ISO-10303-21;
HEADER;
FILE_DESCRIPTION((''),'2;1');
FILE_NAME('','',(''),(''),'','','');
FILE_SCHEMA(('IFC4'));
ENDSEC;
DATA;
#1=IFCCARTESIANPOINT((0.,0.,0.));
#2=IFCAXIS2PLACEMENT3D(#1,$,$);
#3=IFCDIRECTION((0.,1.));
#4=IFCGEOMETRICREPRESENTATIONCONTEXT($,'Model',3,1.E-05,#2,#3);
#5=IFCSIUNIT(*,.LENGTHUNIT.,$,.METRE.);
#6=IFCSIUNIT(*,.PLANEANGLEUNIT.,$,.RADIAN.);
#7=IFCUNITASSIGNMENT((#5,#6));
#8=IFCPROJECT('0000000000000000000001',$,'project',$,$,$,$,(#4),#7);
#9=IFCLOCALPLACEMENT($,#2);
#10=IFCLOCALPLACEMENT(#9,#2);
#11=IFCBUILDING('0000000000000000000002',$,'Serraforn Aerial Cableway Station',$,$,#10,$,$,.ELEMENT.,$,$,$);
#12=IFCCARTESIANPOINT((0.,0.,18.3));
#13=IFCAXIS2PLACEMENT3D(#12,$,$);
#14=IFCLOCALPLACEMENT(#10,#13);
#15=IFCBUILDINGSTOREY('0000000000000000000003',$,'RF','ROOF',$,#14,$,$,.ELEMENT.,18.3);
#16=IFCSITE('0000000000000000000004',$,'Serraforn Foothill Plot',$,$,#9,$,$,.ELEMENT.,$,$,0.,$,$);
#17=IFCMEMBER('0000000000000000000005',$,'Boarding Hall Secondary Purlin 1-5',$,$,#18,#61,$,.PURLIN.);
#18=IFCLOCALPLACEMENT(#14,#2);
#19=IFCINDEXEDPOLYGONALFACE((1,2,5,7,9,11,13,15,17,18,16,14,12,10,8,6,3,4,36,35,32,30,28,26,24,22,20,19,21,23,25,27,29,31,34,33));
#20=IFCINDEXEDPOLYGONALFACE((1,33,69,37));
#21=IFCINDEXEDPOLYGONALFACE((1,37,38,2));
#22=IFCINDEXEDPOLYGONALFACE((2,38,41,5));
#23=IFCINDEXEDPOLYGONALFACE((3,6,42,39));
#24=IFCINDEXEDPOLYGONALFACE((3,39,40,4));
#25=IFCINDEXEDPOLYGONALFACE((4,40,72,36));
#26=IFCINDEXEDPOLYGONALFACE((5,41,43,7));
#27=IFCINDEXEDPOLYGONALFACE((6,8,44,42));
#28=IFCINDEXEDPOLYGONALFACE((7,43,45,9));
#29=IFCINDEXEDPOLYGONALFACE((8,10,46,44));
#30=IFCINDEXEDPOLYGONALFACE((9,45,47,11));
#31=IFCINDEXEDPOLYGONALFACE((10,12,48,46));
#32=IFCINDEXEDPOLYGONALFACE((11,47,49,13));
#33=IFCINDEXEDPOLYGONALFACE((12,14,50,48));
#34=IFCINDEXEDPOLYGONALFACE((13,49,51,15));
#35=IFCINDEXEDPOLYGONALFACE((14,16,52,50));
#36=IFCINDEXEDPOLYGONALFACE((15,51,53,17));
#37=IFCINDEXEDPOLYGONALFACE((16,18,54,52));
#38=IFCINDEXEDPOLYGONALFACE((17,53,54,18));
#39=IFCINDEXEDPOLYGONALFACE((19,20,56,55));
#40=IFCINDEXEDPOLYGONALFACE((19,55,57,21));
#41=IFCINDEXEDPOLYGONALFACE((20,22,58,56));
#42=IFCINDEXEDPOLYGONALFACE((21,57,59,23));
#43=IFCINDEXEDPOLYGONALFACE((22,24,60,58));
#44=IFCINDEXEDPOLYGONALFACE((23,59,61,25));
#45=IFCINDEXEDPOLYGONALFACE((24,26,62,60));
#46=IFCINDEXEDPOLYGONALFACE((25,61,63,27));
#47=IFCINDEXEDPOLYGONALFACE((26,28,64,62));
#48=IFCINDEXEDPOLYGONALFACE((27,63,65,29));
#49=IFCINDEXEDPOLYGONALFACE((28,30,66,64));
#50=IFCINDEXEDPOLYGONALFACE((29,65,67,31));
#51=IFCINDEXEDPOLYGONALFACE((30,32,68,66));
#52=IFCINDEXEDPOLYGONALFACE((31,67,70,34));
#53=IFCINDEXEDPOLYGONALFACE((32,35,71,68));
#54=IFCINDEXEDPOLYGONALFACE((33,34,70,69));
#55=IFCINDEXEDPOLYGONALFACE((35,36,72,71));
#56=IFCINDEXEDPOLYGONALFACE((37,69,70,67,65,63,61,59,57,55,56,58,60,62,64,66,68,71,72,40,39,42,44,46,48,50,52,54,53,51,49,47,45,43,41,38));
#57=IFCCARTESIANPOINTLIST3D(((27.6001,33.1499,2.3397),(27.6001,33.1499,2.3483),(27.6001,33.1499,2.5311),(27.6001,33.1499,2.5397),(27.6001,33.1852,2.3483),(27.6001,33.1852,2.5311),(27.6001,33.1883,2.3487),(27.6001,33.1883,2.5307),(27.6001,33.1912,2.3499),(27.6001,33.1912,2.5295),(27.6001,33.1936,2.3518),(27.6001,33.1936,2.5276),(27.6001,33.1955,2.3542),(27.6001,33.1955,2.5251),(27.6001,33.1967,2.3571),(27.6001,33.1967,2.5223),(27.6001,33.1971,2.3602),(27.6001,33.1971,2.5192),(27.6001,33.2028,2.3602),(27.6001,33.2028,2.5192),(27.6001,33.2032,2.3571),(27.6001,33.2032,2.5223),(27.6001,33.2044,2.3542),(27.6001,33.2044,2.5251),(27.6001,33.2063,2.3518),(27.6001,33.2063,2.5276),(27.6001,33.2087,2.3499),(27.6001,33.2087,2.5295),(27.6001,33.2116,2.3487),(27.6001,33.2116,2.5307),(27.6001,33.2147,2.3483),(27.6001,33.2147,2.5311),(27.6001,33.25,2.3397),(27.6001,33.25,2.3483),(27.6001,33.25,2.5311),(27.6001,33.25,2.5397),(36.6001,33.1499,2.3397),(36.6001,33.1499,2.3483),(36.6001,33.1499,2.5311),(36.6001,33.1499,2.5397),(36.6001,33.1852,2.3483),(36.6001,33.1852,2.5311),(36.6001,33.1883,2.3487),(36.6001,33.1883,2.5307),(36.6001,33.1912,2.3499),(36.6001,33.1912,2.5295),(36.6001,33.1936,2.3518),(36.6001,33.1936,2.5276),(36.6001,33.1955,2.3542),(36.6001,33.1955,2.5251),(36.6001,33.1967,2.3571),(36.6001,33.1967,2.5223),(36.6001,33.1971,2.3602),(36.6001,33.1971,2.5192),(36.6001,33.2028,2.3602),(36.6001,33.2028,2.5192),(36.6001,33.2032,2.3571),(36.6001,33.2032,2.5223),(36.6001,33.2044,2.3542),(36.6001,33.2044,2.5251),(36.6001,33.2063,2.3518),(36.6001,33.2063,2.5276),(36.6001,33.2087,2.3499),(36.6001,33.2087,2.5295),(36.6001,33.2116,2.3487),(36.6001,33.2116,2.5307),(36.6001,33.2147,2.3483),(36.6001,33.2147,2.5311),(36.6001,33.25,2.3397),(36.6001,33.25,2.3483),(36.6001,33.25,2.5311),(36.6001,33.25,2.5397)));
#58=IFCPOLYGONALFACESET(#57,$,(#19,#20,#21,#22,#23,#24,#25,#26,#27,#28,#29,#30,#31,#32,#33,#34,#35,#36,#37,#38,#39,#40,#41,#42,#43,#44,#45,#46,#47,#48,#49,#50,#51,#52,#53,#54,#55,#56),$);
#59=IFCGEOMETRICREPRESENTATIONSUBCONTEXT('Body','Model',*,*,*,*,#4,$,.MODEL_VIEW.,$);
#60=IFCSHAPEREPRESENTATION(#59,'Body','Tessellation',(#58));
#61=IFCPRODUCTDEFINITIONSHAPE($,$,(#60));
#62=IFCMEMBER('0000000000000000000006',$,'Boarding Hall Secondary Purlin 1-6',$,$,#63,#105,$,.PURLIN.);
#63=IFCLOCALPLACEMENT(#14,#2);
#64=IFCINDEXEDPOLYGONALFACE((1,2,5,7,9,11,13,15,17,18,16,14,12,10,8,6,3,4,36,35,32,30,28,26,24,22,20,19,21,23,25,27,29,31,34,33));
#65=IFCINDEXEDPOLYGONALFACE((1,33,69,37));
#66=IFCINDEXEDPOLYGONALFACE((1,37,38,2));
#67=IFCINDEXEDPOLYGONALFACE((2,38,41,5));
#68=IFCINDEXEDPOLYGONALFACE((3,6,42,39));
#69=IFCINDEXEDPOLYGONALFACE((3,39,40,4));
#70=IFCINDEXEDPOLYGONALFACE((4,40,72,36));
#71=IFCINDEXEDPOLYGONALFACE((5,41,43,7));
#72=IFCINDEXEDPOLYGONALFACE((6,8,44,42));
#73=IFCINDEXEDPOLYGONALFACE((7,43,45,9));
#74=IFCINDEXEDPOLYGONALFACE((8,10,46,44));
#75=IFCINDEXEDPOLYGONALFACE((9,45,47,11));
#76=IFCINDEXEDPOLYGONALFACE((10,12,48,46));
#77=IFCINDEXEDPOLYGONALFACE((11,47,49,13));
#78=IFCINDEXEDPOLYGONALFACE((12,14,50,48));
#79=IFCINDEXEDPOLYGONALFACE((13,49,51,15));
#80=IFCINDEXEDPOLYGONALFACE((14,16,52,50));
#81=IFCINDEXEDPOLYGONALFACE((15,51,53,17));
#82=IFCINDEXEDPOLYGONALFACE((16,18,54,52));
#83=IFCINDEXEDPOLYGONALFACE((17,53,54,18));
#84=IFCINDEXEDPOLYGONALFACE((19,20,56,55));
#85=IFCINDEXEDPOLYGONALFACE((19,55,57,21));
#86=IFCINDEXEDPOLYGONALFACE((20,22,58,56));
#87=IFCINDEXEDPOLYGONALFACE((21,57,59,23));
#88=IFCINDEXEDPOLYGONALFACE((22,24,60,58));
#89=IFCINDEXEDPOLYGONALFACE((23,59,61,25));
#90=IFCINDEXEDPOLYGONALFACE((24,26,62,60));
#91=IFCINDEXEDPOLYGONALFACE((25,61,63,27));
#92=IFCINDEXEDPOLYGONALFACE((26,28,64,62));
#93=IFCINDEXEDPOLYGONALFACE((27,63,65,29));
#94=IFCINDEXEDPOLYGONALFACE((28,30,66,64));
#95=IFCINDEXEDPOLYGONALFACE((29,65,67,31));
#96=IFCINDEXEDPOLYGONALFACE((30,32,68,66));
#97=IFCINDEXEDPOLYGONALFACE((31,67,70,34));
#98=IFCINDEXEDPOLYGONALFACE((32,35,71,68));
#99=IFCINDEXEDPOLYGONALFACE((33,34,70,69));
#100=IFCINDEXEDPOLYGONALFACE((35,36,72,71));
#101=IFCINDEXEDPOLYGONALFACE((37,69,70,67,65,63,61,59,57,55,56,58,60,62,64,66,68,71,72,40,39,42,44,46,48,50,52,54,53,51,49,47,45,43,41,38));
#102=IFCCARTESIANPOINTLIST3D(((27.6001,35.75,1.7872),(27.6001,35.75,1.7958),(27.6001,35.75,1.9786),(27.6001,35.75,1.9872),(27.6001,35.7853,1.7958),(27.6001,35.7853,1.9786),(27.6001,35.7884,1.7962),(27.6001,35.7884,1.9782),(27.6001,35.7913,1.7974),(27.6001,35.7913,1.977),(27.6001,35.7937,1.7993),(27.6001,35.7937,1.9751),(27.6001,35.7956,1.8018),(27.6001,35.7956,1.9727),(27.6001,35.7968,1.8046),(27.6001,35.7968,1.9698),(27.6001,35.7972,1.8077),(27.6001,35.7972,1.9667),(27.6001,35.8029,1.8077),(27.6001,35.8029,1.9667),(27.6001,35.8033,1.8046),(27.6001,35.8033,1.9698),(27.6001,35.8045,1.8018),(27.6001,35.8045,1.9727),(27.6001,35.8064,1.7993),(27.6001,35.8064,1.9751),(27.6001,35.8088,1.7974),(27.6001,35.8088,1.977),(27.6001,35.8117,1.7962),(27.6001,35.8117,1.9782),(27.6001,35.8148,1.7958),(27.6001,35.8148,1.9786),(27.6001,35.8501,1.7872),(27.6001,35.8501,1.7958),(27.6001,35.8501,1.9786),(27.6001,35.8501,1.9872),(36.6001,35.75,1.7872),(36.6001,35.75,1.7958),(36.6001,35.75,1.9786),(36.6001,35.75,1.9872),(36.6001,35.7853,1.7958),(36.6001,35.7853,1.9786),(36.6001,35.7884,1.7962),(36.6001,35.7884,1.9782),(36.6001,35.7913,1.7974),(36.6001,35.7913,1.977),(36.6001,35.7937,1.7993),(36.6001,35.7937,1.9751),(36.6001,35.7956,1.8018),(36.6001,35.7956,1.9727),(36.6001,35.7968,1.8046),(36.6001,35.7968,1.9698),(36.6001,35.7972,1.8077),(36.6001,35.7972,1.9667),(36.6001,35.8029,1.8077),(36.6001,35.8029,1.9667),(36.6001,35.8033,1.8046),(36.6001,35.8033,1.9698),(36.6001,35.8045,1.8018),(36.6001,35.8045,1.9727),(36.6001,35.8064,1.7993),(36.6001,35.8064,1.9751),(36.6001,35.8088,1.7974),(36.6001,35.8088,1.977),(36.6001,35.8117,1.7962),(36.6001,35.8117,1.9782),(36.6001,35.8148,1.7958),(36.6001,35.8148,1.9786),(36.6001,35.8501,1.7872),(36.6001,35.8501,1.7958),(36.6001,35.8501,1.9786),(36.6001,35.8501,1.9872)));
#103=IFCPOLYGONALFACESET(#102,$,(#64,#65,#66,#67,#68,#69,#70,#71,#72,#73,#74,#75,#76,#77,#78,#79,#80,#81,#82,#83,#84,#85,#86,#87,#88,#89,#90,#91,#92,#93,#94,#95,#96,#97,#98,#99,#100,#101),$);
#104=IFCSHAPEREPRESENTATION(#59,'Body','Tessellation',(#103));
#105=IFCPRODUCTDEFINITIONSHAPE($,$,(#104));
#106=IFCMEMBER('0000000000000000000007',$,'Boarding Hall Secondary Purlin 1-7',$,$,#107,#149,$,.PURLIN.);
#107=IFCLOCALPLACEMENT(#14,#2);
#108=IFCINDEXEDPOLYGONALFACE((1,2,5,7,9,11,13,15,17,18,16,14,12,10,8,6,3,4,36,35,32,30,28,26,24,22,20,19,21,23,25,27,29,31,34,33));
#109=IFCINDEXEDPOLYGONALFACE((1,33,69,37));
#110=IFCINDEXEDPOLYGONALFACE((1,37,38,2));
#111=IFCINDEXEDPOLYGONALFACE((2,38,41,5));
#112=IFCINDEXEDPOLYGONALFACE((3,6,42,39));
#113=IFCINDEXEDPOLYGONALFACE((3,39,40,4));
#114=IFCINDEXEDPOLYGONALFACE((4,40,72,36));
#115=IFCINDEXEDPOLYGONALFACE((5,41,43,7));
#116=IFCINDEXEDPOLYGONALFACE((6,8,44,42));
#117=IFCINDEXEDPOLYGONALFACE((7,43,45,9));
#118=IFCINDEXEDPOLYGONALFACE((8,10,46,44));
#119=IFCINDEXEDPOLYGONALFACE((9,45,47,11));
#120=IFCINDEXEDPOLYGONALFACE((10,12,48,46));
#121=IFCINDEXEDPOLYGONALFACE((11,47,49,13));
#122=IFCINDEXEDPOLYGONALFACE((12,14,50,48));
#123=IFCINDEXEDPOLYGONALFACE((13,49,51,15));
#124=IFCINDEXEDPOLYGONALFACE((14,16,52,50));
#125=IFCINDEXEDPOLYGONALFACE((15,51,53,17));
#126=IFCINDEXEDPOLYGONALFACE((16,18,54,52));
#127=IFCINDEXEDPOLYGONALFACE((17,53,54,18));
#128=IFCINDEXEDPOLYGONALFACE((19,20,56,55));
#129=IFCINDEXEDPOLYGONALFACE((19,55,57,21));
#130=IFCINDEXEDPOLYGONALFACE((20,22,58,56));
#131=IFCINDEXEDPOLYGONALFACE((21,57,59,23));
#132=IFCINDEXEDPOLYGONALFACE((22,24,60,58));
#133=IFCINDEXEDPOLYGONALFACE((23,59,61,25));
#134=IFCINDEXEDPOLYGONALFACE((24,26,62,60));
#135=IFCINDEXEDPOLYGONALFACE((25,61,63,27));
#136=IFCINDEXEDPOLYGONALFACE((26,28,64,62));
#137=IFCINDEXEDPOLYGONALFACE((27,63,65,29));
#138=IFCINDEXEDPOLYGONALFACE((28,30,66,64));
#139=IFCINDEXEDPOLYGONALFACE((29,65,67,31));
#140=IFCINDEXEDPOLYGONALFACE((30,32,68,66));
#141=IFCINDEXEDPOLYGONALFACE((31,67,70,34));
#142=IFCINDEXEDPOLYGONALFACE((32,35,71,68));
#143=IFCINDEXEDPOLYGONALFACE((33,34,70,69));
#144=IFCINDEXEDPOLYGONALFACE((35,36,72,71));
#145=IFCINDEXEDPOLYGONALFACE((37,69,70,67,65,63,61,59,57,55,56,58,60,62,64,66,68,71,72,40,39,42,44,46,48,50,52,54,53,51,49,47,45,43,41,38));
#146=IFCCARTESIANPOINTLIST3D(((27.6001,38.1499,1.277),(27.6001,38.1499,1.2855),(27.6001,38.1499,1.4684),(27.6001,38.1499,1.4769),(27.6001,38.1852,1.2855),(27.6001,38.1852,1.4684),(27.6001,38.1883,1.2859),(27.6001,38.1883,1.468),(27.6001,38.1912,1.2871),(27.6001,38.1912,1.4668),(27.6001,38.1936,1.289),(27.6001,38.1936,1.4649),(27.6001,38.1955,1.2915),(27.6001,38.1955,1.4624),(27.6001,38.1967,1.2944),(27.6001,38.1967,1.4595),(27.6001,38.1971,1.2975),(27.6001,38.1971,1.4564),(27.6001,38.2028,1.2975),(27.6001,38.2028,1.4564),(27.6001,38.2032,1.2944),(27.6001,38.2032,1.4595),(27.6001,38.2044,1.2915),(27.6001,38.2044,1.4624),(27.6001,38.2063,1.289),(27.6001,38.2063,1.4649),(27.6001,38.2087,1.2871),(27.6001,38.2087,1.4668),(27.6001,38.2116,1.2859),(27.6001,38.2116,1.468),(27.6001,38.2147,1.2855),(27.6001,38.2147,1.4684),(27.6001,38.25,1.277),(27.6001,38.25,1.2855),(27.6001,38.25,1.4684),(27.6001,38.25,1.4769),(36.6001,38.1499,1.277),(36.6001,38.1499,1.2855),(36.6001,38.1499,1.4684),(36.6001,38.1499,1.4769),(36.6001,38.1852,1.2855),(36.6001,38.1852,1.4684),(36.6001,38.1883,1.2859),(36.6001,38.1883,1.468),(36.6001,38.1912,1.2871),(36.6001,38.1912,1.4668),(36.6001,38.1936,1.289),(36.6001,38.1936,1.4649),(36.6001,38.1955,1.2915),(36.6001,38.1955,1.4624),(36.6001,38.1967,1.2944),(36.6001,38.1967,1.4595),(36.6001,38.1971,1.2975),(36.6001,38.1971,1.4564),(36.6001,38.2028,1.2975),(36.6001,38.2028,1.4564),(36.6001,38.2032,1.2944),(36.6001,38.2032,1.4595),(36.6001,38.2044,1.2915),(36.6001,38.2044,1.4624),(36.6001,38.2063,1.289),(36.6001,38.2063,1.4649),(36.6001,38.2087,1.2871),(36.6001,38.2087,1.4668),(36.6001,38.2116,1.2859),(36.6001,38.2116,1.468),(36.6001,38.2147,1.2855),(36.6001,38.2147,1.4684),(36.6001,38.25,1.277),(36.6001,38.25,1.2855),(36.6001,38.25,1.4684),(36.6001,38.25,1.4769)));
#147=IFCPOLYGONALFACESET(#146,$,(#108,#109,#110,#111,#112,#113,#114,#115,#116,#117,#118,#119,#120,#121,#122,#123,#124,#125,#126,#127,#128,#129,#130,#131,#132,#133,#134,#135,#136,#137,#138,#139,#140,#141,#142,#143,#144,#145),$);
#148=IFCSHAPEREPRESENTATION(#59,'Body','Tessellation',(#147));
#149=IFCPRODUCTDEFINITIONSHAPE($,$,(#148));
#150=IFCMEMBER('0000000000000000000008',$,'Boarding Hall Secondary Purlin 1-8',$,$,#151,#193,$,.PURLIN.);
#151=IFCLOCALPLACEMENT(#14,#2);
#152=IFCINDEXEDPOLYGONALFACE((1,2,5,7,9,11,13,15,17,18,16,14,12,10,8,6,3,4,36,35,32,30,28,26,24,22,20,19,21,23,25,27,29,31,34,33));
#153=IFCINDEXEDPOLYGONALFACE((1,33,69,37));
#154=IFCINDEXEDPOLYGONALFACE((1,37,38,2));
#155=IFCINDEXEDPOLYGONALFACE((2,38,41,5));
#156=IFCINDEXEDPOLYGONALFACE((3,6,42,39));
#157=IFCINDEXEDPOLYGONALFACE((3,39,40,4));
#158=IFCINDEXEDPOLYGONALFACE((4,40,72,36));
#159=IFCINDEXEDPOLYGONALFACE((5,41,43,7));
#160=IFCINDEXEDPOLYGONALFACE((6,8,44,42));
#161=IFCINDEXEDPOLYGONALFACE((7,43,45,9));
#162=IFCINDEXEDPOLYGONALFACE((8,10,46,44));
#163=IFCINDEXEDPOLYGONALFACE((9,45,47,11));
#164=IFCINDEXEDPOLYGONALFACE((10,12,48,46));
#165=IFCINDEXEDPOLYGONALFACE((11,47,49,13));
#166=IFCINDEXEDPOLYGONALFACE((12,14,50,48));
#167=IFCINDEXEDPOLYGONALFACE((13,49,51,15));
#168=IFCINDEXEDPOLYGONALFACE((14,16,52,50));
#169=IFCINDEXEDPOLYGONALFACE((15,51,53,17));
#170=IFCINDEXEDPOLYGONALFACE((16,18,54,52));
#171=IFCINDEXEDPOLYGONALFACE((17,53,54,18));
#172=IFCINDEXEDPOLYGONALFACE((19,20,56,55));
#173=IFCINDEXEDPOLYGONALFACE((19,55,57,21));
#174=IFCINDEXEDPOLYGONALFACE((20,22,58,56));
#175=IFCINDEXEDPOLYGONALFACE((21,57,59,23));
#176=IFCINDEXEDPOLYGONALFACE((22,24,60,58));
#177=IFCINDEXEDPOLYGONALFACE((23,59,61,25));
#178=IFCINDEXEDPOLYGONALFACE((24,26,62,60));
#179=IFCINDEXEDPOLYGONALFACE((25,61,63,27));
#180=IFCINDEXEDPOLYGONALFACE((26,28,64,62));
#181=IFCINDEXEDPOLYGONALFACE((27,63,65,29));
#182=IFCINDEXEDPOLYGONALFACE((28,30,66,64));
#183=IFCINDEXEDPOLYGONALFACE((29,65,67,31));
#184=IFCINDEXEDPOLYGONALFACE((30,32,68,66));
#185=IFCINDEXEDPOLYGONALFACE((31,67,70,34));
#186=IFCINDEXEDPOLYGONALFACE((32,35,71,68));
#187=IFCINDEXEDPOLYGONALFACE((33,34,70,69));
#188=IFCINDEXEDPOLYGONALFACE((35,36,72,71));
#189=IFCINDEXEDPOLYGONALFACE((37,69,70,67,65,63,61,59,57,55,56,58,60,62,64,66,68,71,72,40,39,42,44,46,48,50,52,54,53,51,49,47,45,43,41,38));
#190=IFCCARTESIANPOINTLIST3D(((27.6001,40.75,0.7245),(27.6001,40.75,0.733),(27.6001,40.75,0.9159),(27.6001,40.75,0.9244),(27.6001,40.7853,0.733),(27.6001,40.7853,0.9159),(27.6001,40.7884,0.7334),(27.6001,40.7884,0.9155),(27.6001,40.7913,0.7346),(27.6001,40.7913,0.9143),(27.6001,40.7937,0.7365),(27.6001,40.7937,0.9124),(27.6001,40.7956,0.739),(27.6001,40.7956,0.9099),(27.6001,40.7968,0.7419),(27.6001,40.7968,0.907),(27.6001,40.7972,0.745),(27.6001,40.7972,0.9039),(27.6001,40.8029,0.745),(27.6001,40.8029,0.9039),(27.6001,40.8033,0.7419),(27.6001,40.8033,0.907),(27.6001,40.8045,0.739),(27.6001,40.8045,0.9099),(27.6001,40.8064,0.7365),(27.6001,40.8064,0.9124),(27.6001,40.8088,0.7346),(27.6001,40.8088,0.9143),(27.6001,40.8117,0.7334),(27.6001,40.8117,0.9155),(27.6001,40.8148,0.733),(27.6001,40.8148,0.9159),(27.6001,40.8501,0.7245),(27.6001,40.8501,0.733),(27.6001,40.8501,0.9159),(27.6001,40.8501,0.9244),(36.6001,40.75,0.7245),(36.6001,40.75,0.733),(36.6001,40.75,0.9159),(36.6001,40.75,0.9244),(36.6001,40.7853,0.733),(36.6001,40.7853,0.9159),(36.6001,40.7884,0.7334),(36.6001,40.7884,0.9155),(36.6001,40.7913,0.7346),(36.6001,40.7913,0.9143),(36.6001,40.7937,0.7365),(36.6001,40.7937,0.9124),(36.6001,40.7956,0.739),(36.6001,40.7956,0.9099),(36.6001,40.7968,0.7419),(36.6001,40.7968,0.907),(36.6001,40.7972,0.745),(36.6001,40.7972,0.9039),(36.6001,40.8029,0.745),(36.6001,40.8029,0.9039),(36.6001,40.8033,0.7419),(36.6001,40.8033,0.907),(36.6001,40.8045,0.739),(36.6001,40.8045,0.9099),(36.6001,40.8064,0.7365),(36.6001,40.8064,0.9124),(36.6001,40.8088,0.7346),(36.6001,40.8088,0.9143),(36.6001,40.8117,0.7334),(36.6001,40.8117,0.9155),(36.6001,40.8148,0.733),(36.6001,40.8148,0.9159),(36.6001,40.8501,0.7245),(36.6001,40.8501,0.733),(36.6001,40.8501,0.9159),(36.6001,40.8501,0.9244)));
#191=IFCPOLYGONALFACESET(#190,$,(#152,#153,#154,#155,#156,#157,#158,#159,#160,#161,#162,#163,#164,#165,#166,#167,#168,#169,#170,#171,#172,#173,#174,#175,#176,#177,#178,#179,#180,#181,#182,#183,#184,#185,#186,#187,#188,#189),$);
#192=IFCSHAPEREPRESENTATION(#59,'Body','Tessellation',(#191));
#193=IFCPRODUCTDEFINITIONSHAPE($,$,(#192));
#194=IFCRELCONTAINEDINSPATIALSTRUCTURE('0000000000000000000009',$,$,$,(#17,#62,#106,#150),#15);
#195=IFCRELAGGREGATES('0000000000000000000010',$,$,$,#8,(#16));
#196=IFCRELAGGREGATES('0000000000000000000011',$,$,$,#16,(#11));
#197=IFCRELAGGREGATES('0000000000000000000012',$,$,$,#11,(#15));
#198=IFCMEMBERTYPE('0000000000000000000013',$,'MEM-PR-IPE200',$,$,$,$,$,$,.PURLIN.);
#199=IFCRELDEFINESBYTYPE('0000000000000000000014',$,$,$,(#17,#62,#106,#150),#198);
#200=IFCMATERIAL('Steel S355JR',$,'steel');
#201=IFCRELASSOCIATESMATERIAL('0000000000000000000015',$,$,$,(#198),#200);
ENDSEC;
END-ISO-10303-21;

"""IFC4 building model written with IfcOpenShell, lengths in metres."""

from ifc_helpers import new_model, si_unit, direction, frame, origin, origin_2d, place, context, subcontext, project, spatial, i_section, extrude, material, material_profile, profile_set, type_object, element, save


model = new_model("IFC4")

# Units and contexts
model_context = context("Model", 3, precision=1e-05, world=origin(), true_north=direction((0.0, 1.0)))
body_context = subcontext(model_context, "Body", "Model", "MODEL_VIEW")
ifc_project = project(units=[si_unit("LENGTHUNIT", "METRE"), si_unit("PLANEANGLEUNIT", "RADIAN")], contexts=[model_context])

# Site, building, storey
site_placement = place(None, origin())
site = spatial("IfcSite", under=ifc_project, at=site_placement, Name="Serraforn Foothill Plot", CompositionType="ELEMENT", RefElevation=0.0)
building_placement = place(site_placement, origin())
building = spatial("IfcBuilding", under=site, at=building_placement, Name="Serraforn Aerial Cableway Station", CompositionType="ELEMENT")
storey_placement = place(building_placement, frame((0.0, 0.0, 18.3)))
storey = spatial("IfcBuildingStorey", under=building, at=storey_placement, Name="RF", Description="ROOF", CompositionType="ELEMENT", Elevation=18.3)

# Members
ifc_material_1 = material(Name="Steel S355JR", Category="steel")
ifc_material_profile_1 = material_profile(ifc_material_1, i_section(OverallWidth=0.1001, OverallDepth=0.2, WebThickness=0.0056, FlangeThickness=0.0085, FilletRadius=0.012, at=origin_2d()), Name="IPE 200")
ifc_profile_set_1 = profile_set([ifc_material_profile_1], Name="Steel S355JR")
member_type_1 = type_object("IfcMemberType", Name="MEM-PR-IPE200", PredefinedType="PURLIN", material=ifc_profile_set_1)
for number, where, z_axis, x_axis, name in (
    (1, (27.6001, 33.2, 2.4397), (1.0, 0.0, 0.0), (0.0, 1.0, 0.0), "Boarding Hall Secondary Purlin 1-5"),
    (2, (27.6001, 35.8, 1.8872), (1.0, 0.0, 0.0), (0.0, 1.0, 0.0), "Boarding Hall Secondary Purlin 1-6"),
    (3, (27.6001, 38.2, 1.377), (1.0, 0.0, 0.0), (0.0, 1.0, 0.0), "Boarding Hall Secondary Purlin 1-7"),
    (4, (27.6001, 40.8, 0.8245), (1.0, 0.0, 0.0), (0.0, 1.0, 0.0), "Boarding Hall Secondary Purlin 1-8"),
):
    element("IfcMember", number, at=place(storey_placement, frame(where, z_axis=z_axis, x_axis=x_axis)), inside=storey, type_object=member_type_1, Name=name, PredefinedType="PURLIN", context=body_context, shape_type="SweptSolid", body=[
        extrude(i_section(OverallWidth=0.1001, OverallDepth=0.2, WebThickness=0.0056, FlangeThickness=0.0085, FilletRadius=0.012, at=origin_2d()), origin(), (0.0, 0.0, 1.0), 9.0),
    ])

save(model, "model.ifc")
